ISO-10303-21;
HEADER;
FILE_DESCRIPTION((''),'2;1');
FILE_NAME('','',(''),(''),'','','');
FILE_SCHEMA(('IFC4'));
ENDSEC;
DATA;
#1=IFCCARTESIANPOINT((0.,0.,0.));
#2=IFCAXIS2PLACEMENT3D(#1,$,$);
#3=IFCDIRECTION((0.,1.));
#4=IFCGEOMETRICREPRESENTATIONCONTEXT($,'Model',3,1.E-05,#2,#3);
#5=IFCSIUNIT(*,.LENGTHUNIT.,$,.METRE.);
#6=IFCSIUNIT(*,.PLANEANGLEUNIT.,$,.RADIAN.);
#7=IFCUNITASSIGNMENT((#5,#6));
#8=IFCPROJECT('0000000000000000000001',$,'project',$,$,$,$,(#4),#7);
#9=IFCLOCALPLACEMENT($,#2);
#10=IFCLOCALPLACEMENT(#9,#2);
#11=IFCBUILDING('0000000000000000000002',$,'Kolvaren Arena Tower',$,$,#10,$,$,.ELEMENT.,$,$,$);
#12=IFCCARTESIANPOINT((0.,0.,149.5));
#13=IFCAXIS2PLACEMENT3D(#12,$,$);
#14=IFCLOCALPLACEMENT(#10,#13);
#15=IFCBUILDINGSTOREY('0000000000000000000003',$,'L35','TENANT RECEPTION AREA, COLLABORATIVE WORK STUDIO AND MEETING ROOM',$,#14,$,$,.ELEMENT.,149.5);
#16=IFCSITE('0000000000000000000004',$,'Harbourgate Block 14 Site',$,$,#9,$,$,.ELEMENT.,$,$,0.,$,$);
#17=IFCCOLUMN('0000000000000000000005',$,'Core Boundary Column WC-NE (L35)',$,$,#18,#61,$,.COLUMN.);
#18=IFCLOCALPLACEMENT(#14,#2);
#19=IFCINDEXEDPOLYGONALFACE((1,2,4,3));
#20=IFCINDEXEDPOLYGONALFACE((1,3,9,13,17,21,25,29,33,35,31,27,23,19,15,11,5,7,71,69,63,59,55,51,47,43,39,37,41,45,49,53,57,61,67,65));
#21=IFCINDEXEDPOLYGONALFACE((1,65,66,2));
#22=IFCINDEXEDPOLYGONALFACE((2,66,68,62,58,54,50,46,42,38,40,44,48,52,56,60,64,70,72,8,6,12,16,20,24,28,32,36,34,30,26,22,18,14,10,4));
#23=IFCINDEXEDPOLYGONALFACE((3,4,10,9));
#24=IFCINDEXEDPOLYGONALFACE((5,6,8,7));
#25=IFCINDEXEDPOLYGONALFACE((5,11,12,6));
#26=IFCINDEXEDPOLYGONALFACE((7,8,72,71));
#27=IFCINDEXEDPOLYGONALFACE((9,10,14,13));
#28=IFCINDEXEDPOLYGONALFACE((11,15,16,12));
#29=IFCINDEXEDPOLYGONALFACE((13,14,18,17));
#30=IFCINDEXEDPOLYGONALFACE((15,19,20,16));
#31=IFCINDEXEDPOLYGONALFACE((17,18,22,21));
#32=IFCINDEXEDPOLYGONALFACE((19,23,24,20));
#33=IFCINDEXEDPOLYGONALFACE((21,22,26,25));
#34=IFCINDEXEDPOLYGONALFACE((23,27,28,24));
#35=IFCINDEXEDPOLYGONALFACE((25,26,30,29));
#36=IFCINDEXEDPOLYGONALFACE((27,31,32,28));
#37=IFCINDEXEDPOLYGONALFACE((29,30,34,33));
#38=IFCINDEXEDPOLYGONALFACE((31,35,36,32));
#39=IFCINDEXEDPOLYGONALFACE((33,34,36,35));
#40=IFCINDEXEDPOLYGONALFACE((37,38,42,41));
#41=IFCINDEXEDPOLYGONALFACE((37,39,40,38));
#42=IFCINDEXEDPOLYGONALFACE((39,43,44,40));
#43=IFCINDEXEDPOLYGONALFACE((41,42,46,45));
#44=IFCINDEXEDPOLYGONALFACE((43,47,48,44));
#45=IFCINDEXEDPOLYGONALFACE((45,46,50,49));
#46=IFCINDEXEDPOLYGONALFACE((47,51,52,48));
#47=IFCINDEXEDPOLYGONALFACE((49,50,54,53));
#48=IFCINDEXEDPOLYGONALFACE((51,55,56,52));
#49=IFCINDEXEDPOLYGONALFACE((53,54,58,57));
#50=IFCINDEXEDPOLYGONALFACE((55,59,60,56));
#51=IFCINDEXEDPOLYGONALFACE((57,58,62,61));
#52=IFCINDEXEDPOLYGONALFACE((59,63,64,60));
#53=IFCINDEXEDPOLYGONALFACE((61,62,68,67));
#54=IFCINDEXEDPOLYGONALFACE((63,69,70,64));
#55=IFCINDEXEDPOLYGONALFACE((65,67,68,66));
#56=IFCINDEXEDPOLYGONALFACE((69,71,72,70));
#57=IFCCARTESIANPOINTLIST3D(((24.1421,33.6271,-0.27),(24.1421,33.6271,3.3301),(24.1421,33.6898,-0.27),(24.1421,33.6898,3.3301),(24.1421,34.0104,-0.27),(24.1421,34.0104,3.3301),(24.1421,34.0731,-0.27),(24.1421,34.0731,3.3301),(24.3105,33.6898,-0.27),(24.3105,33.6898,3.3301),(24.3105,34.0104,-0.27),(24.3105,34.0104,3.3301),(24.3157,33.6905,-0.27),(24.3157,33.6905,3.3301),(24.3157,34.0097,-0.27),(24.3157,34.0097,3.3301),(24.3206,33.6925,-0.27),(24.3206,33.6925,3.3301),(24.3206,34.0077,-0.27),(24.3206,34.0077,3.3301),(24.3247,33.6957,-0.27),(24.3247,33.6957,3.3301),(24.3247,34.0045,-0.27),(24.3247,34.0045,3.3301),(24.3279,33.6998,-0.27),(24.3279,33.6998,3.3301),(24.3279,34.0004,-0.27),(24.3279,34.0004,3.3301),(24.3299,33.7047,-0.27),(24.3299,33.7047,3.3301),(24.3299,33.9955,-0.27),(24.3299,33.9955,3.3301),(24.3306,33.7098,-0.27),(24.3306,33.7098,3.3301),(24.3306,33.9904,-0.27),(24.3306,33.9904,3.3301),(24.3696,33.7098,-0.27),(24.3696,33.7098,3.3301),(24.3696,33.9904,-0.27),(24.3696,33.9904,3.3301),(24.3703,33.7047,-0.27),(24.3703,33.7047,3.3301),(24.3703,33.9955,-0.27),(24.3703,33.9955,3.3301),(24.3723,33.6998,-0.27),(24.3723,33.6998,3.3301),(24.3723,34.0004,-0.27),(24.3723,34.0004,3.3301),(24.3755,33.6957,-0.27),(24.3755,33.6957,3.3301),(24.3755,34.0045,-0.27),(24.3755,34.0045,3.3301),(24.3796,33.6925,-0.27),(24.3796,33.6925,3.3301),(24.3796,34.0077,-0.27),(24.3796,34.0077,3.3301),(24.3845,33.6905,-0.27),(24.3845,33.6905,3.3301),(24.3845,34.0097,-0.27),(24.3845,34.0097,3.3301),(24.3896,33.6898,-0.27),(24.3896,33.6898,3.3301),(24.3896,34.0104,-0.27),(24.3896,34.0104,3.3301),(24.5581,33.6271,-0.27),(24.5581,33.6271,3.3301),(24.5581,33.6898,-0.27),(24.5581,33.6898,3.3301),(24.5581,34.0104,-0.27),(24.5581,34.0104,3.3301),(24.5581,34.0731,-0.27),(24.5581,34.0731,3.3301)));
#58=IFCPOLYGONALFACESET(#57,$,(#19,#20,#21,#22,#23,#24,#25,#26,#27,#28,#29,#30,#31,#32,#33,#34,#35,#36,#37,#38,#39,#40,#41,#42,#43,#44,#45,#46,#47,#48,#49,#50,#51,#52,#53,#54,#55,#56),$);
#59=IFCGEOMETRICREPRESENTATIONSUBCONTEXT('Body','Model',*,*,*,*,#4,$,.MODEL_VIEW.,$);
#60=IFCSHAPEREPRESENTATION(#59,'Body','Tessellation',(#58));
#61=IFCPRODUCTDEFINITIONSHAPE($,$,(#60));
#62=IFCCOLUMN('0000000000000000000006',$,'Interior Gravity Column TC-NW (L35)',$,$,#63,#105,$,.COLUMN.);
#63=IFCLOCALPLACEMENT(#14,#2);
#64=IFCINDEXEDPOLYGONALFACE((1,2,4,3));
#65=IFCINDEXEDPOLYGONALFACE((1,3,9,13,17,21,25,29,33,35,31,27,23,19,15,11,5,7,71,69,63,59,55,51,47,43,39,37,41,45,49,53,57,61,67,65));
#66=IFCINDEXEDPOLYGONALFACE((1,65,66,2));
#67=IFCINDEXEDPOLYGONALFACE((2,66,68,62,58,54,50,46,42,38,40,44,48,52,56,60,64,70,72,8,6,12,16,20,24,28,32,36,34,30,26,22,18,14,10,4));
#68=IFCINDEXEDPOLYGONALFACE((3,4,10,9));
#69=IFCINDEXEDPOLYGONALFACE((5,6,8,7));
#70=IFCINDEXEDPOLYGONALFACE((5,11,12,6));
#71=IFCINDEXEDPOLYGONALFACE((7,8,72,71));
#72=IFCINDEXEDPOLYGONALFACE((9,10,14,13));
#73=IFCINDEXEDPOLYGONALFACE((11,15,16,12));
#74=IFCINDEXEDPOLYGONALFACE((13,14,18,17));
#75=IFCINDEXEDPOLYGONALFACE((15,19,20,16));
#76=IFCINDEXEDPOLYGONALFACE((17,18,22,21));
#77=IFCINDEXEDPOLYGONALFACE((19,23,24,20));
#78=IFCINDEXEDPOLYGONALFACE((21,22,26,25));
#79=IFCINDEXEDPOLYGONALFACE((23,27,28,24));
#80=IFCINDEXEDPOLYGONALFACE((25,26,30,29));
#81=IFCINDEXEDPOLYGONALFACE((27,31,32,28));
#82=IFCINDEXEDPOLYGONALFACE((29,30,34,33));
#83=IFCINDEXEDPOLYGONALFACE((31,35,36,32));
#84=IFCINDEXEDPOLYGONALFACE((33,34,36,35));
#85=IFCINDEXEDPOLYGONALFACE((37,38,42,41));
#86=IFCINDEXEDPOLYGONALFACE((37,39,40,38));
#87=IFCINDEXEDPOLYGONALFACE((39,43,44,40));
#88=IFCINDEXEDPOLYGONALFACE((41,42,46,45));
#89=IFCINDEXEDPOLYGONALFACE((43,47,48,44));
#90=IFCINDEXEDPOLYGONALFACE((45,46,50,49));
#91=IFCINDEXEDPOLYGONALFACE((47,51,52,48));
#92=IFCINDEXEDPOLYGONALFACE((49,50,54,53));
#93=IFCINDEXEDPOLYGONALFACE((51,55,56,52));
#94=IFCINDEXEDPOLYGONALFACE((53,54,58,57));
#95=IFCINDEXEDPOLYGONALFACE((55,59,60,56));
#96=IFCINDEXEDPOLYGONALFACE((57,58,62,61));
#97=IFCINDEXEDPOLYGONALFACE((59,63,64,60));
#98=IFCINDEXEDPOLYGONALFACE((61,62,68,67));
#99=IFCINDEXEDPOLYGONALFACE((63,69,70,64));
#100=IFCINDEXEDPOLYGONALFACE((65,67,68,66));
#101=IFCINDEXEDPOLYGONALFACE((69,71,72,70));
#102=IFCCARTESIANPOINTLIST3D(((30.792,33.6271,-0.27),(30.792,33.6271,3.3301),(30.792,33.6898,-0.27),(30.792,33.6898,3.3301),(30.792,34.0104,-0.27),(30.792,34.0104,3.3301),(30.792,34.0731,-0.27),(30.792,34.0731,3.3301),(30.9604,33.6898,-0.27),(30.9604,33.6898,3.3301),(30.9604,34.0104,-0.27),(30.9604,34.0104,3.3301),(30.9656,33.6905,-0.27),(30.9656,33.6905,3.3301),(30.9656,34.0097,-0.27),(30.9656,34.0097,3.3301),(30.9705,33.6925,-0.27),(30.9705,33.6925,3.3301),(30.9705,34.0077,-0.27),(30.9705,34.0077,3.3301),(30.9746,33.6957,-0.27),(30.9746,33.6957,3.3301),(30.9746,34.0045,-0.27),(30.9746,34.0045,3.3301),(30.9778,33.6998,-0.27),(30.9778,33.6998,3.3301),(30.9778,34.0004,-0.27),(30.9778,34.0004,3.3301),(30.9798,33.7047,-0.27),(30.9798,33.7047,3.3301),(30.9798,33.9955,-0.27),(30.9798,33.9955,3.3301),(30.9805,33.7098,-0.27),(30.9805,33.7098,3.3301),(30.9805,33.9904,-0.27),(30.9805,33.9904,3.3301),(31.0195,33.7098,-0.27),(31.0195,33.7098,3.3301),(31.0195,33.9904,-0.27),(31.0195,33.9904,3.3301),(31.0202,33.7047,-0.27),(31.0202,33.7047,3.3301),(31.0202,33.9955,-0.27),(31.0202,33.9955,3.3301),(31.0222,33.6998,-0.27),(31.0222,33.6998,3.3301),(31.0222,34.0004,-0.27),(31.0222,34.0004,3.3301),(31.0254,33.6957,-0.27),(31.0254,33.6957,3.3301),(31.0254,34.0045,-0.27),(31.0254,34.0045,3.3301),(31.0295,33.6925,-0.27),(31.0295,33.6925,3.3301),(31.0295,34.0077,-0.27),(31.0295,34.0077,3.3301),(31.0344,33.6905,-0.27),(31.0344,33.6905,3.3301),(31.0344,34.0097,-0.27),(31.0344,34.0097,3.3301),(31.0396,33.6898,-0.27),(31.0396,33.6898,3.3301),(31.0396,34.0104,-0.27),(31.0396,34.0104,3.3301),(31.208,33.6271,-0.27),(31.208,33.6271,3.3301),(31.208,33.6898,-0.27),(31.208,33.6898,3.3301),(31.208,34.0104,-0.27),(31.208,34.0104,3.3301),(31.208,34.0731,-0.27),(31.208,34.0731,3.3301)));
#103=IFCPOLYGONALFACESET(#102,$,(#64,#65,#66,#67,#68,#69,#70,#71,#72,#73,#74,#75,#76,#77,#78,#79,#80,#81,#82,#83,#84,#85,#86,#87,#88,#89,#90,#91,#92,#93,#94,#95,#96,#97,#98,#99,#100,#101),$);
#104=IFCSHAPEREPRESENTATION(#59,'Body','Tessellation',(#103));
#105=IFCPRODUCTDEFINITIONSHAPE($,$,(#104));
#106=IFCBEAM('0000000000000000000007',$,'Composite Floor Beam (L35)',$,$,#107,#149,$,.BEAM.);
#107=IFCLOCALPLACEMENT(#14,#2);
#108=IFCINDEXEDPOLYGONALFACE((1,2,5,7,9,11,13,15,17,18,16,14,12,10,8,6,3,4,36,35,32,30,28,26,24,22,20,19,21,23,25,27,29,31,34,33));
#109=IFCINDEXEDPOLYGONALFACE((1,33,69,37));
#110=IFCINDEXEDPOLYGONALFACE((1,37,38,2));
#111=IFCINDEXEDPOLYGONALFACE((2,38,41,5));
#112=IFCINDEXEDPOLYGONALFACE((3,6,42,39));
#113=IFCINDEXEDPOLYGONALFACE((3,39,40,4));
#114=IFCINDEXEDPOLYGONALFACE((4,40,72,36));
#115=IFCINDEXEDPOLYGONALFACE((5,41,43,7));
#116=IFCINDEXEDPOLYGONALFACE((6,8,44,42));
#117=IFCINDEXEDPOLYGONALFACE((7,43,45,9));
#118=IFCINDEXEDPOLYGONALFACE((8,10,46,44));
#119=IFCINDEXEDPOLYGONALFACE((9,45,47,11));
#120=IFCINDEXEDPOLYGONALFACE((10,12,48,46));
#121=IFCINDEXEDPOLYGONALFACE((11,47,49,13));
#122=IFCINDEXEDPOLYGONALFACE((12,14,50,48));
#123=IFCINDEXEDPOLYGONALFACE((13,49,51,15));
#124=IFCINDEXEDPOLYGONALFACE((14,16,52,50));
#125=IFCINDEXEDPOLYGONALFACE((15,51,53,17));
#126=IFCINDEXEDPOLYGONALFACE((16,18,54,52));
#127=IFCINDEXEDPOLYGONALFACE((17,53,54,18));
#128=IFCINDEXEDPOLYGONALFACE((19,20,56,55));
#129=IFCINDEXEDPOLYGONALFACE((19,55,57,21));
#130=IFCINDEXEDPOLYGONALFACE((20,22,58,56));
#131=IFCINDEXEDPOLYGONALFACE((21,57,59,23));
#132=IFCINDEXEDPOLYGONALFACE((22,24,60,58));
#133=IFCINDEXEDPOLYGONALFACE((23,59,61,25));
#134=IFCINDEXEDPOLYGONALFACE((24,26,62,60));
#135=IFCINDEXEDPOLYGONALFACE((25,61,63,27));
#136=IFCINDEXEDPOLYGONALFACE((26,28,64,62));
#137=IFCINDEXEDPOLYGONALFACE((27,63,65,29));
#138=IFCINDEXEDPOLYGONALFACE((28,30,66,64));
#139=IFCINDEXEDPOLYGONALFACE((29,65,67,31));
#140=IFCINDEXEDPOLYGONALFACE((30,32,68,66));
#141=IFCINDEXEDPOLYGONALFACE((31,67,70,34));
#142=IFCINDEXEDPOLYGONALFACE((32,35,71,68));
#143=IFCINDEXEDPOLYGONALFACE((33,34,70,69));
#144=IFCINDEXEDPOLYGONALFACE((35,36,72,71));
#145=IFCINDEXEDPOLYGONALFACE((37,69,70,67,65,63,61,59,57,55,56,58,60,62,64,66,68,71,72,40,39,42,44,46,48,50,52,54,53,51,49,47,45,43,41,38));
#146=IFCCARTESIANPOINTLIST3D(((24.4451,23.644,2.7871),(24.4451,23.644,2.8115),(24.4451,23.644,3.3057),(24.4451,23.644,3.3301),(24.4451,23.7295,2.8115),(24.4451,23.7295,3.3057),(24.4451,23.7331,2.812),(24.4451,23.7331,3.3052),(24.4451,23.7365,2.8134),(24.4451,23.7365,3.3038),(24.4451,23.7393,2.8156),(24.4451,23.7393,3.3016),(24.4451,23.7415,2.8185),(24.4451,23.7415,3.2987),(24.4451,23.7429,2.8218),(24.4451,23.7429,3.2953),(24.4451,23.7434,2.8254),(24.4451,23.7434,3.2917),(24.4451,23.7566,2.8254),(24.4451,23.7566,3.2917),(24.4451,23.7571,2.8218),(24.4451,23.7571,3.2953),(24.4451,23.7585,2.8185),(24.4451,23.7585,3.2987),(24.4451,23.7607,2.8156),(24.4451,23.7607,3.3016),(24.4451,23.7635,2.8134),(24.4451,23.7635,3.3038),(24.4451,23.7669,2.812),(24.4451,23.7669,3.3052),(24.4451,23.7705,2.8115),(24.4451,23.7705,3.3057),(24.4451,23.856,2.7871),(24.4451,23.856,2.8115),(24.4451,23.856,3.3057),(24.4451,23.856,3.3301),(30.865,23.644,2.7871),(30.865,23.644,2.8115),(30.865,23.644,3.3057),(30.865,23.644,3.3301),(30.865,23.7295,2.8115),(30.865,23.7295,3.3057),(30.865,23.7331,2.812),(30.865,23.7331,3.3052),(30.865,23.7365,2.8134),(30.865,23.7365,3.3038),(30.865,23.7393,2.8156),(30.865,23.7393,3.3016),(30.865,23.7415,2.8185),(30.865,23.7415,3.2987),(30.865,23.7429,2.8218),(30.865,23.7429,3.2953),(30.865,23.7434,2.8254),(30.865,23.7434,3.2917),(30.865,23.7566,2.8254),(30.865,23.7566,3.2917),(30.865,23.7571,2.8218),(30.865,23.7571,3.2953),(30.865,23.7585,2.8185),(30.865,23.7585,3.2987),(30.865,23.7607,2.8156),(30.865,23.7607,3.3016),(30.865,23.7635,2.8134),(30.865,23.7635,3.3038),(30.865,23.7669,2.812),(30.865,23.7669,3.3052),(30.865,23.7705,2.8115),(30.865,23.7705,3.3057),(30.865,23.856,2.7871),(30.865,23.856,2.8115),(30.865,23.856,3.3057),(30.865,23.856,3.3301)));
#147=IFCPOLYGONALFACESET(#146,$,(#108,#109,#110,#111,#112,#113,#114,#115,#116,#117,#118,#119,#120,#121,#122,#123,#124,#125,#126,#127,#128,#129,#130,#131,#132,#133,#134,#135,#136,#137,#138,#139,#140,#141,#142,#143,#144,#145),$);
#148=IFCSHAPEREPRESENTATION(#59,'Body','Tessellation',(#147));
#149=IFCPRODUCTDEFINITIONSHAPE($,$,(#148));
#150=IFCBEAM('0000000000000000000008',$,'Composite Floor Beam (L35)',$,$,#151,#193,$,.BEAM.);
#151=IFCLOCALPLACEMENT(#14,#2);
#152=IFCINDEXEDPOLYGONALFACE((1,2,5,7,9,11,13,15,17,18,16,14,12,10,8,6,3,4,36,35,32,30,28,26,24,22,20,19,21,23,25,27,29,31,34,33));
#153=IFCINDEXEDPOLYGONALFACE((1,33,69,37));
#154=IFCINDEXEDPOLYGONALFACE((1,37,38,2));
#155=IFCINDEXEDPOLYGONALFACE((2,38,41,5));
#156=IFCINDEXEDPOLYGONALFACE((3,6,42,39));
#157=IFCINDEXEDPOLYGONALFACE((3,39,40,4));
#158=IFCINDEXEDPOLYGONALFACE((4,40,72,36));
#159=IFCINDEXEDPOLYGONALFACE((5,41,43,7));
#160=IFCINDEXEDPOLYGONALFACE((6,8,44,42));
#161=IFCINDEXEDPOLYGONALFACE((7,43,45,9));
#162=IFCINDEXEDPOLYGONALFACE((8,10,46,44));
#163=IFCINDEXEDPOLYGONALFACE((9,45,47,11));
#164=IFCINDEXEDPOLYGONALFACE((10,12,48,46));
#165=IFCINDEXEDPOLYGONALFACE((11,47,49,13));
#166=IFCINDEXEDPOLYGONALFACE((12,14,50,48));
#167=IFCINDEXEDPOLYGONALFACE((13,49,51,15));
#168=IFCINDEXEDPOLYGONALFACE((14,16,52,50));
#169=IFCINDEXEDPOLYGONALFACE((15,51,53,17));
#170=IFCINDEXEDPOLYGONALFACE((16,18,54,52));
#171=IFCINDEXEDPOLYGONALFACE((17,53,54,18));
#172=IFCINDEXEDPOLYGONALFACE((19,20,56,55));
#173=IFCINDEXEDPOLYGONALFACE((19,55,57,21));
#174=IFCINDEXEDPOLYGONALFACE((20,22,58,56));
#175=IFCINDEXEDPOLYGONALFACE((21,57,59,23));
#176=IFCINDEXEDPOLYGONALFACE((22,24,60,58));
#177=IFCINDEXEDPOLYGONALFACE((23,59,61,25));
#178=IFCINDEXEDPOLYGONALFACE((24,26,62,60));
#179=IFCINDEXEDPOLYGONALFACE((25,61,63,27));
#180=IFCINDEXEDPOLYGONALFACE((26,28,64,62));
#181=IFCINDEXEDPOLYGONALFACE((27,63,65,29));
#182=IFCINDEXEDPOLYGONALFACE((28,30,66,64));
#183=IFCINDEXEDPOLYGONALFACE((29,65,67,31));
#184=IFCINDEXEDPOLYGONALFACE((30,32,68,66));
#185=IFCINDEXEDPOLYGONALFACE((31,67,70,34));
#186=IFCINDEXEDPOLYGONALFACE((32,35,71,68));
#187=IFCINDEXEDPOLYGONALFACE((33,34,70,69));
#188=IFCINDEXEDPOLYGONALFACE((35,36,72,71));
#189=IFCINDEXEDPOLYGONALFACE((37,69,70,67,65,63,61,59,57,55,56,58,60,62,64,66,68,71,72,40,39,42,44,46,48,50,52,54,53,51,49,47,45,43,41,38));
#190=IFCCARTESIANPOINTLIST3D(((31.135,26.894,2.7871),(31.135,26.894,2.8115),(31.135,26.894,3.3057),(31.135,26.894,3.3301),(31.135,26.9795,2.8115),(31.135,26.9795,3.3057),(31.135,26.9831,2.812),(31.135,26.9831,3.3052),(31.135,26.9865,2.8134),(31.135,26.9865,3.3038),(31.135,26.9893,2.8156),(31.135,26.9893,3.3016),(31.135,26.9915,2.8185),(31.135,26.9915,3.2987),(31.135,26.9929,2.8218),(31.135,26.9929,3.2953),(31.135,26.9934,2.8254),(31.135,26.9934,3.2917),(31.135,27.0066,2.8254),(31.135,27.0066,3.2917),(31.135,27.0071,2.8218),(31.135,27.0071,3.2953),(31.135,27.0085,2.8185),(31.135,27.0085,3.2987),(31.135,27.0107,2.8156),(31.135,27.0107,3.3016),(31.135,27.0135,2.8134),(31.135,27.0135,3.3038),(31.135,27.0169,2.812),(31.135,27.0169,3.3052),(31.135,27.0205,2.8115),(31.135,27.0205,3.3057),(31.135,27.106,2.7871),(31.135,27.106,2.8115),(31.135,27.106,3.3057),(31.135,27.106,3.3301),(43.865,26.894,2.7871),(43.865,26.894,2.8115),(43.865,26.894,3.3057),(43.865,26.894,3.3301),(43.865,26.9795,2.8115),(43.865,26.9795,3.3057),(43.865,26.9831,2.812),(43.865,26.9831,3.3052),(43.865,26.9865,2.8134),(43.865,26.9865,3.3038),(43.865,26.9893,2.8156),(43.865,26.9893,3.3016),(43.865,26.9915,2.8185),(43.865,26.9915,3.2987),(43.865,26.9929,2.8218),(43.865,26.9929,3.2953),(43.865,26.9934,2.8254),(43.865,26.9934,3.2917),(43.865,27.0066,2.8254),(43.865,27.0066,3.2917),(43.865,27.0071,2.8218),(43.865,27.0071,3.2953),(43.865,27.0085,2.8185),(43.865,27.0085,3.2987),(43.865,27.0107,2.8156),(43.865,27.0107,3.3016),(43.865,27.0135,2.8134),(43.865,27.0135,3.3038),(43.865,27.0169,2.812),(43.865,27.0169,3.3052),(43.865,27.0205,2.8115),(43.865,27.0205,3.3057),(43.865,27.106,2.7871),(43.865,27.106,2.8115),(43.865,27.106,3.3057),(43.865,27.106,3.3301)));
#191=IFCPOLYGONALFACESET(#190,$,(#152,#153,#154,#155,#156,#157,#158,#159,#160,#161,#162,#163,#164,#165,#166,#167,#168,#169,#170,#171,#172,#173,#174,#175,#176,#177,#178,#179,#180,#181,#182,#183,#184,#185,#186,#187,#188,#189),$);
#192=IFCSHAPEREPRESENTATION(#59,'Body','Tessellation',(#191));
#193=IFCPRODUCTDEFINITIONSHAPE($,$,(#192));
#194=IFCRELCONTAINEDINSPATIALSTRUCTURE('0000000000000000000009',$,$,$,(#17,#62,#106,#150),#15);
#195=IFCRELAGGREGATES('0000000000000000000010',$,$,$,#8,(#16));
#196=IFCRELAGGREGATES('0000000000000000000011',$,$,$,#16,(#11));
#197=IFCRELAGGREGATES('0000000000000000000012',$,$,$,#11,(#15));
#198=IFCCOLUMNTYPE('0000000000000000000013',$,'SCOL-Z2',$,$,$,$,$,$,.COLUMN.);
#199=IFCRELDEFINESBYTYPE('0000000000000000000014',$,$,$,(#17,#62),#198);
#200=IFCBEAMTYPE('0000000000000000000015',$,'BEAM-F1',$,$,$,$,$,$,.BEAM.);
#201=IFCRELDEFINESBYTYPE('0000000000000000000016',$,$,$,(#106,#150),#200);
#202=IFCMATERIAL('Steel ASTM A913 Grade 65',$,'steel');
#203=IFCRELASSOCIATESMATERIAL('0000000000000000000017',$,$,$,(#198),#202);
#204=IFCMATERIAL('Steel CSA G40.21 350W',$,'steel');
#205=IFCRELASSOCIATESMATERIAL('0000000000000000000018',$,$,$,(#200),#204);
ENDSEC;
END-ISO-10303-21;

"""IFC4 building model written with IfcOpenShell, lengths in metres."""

from ifc_helpers import new_model, si_unit, direction, frame, origin, origin_2d, place, context, subcontext, project, spatial, i_section, extrude, material, material_profile, profile_set, type_object, element, save


model = new_model("IFC4")

# Units and contexts
model_context = context("Model", 3, precision=1e-05, world=origin(), true_north=direction((0.0, 1.0)))
body_context = subcontext(model_context, "Body", "Model", "MODEL_VIEW")
ifc_project = project(units=[si_unit("LENGTHUNIT", "METRE"), si_unit("PLANEANGLEUNIT", "RADIAN")], contexts=[model_context])

# Site, building, storey
site_placement = place(None, origin())
site = spatial("IfcSite", under=ifc_project, at=site_placement, Name="Harbourgate Block 14 Site", CompositionType="ELEMENT", RefElevation=0.0)
building_placement = place(site_placement, origin())
building = spatial("IfcBuilding", under=site, at=building_placement, Name="Kolvaren Arena Tower", CompositionType="ELEMENT")
storey_placement = place(building_placement, frame((0.0, 0.0, 149.5)))
storey = spatial("IfcBuildingStorey", under=building, at=storey_placement, Name="L35", Description="TENANT RECEPTION AREA, COLLABORATIVE WORK STUDIO AND MEETING ROOM", CompositionType="ELEMENT", Elevation=149.5)

# Columns
ifc_material_1 = material(Name="Steel ASTM A913 Grade 65", Category="steel")
ifc_material_profile_1 = material_profile(ifc_material_1, i_section(OverallWidth=0.416, OverallDepth=0.446, WebThickness=0.0391, FlangeThickness=0.0627, FilletRadius=0.02, at=origin_2d()), Name="W360x509")
ifc_profile_set_1 = profile_set([ifc_material_profile_1], Name="Steel ASTM A913 Grade 65")
column_type = type_object("IfcColumnType", Name="SCOL-Z2", PredefinedType="COLUMN", material=ifc_profile_set_1)
for number, where, z_axis, x_axis, name in (
    (1, (24.3501, 33.8501, -0.27), (0.0, 0.0, 1.0), (1.0, 0.0, 0.0), "Core Boundary Column WC-NE (L35)"),
    (2, (31.0, 33.8501, -0.27), (0.0, 0.0, 1.0), (1.0, 0.0, 0.0), "Interior Gravity Column TC-NW (L35)"),
):
    element("IfcColumn", number, at=place(storey_placement, frame(where, z_axis=z_axis, x_axis=x_axis)), inside=storey, type_object=column_type, Name=name, PredefinedType="COLUMN", context=body_context, shape_type="SweptSolid", body=[
        extrude(i_section(OverallWidth=0.416, OverallDepth=0.446, WebThickness=0.0391, FlangeThickness=0.0627, FilletRadius=0.02, at=origin_2d()), origin(), (0.0, 0.0, 1.0), 3.6001),
    ])

# Beams
ifc_material_2 = material(Name="Steel CSA G40.21 350W", Category="steel")
ifc_material_profile_2 = material_profile(ifc_material_2, i_section(OverallWidth=0.2119, OverallDepth=0.543, WebThickness=0.0132, FlangeThickness=0.0244, FilletRadius=0.0139, at=origin_2d()), Name="W530x150")
ifc_profile_set_2 = profile_set([ifc_material_profile_2], Name="Steel CSA G40.21 350W")
beam_type_1 = type_object("IfcBeamType", Name="BEAM-F1", PredefinedType="BEAM", material=ifc_profile_set_2)
beam_1_placement = place(storey_placement, frame((24.4451, 23.75, 3.0586), z_axis=(1.0, 0.0, 0.0), x_axis=(0.0, 1.0, 0.0)))
element("IfcBeam", 3, at=beam_1_placement, inside=storey, type_object=beam_type_1, Name="Composite Floor Beam (L35)", PredefinedType="BEAM", context=body_context, shape_type="SweptSolid", body=[
    extrude(i_section(OverallWidth=0.2119, OverallDepth=0.543, WebThickness=0.0132, FlangeThickness=0.0244, FilletRadius=0.0139, at=origin_2d()), origin(), (0.0, 0.0, 1.0), 6.4199),
])
beam_2_placement = place(storey_placement, frame((31.135, 27.0, 3.0586), z_axis=(1.0, 0.0, 0.0), x_axis=(0.0, 1.0, 0.0)))
element("IfcBeam", 4, at=beam_2_placement, inside=storey, type_object=beam_type_1, Name="Composite Floor Beam (L35)", PredefinedType="BEAM", context=body_context, shape_type="SweptSolid", body=[
    extrude(i_section(OverallWidth=0.2119, OverallDepth=0.543, WebThickness=0.0132, FlangeThickness=0.0244, FilletRadius=0.0139, at=origin_2d()), origin(), (0.0, 0.0, 1.0), 12.73),
])

save(model, "model.ifc")
